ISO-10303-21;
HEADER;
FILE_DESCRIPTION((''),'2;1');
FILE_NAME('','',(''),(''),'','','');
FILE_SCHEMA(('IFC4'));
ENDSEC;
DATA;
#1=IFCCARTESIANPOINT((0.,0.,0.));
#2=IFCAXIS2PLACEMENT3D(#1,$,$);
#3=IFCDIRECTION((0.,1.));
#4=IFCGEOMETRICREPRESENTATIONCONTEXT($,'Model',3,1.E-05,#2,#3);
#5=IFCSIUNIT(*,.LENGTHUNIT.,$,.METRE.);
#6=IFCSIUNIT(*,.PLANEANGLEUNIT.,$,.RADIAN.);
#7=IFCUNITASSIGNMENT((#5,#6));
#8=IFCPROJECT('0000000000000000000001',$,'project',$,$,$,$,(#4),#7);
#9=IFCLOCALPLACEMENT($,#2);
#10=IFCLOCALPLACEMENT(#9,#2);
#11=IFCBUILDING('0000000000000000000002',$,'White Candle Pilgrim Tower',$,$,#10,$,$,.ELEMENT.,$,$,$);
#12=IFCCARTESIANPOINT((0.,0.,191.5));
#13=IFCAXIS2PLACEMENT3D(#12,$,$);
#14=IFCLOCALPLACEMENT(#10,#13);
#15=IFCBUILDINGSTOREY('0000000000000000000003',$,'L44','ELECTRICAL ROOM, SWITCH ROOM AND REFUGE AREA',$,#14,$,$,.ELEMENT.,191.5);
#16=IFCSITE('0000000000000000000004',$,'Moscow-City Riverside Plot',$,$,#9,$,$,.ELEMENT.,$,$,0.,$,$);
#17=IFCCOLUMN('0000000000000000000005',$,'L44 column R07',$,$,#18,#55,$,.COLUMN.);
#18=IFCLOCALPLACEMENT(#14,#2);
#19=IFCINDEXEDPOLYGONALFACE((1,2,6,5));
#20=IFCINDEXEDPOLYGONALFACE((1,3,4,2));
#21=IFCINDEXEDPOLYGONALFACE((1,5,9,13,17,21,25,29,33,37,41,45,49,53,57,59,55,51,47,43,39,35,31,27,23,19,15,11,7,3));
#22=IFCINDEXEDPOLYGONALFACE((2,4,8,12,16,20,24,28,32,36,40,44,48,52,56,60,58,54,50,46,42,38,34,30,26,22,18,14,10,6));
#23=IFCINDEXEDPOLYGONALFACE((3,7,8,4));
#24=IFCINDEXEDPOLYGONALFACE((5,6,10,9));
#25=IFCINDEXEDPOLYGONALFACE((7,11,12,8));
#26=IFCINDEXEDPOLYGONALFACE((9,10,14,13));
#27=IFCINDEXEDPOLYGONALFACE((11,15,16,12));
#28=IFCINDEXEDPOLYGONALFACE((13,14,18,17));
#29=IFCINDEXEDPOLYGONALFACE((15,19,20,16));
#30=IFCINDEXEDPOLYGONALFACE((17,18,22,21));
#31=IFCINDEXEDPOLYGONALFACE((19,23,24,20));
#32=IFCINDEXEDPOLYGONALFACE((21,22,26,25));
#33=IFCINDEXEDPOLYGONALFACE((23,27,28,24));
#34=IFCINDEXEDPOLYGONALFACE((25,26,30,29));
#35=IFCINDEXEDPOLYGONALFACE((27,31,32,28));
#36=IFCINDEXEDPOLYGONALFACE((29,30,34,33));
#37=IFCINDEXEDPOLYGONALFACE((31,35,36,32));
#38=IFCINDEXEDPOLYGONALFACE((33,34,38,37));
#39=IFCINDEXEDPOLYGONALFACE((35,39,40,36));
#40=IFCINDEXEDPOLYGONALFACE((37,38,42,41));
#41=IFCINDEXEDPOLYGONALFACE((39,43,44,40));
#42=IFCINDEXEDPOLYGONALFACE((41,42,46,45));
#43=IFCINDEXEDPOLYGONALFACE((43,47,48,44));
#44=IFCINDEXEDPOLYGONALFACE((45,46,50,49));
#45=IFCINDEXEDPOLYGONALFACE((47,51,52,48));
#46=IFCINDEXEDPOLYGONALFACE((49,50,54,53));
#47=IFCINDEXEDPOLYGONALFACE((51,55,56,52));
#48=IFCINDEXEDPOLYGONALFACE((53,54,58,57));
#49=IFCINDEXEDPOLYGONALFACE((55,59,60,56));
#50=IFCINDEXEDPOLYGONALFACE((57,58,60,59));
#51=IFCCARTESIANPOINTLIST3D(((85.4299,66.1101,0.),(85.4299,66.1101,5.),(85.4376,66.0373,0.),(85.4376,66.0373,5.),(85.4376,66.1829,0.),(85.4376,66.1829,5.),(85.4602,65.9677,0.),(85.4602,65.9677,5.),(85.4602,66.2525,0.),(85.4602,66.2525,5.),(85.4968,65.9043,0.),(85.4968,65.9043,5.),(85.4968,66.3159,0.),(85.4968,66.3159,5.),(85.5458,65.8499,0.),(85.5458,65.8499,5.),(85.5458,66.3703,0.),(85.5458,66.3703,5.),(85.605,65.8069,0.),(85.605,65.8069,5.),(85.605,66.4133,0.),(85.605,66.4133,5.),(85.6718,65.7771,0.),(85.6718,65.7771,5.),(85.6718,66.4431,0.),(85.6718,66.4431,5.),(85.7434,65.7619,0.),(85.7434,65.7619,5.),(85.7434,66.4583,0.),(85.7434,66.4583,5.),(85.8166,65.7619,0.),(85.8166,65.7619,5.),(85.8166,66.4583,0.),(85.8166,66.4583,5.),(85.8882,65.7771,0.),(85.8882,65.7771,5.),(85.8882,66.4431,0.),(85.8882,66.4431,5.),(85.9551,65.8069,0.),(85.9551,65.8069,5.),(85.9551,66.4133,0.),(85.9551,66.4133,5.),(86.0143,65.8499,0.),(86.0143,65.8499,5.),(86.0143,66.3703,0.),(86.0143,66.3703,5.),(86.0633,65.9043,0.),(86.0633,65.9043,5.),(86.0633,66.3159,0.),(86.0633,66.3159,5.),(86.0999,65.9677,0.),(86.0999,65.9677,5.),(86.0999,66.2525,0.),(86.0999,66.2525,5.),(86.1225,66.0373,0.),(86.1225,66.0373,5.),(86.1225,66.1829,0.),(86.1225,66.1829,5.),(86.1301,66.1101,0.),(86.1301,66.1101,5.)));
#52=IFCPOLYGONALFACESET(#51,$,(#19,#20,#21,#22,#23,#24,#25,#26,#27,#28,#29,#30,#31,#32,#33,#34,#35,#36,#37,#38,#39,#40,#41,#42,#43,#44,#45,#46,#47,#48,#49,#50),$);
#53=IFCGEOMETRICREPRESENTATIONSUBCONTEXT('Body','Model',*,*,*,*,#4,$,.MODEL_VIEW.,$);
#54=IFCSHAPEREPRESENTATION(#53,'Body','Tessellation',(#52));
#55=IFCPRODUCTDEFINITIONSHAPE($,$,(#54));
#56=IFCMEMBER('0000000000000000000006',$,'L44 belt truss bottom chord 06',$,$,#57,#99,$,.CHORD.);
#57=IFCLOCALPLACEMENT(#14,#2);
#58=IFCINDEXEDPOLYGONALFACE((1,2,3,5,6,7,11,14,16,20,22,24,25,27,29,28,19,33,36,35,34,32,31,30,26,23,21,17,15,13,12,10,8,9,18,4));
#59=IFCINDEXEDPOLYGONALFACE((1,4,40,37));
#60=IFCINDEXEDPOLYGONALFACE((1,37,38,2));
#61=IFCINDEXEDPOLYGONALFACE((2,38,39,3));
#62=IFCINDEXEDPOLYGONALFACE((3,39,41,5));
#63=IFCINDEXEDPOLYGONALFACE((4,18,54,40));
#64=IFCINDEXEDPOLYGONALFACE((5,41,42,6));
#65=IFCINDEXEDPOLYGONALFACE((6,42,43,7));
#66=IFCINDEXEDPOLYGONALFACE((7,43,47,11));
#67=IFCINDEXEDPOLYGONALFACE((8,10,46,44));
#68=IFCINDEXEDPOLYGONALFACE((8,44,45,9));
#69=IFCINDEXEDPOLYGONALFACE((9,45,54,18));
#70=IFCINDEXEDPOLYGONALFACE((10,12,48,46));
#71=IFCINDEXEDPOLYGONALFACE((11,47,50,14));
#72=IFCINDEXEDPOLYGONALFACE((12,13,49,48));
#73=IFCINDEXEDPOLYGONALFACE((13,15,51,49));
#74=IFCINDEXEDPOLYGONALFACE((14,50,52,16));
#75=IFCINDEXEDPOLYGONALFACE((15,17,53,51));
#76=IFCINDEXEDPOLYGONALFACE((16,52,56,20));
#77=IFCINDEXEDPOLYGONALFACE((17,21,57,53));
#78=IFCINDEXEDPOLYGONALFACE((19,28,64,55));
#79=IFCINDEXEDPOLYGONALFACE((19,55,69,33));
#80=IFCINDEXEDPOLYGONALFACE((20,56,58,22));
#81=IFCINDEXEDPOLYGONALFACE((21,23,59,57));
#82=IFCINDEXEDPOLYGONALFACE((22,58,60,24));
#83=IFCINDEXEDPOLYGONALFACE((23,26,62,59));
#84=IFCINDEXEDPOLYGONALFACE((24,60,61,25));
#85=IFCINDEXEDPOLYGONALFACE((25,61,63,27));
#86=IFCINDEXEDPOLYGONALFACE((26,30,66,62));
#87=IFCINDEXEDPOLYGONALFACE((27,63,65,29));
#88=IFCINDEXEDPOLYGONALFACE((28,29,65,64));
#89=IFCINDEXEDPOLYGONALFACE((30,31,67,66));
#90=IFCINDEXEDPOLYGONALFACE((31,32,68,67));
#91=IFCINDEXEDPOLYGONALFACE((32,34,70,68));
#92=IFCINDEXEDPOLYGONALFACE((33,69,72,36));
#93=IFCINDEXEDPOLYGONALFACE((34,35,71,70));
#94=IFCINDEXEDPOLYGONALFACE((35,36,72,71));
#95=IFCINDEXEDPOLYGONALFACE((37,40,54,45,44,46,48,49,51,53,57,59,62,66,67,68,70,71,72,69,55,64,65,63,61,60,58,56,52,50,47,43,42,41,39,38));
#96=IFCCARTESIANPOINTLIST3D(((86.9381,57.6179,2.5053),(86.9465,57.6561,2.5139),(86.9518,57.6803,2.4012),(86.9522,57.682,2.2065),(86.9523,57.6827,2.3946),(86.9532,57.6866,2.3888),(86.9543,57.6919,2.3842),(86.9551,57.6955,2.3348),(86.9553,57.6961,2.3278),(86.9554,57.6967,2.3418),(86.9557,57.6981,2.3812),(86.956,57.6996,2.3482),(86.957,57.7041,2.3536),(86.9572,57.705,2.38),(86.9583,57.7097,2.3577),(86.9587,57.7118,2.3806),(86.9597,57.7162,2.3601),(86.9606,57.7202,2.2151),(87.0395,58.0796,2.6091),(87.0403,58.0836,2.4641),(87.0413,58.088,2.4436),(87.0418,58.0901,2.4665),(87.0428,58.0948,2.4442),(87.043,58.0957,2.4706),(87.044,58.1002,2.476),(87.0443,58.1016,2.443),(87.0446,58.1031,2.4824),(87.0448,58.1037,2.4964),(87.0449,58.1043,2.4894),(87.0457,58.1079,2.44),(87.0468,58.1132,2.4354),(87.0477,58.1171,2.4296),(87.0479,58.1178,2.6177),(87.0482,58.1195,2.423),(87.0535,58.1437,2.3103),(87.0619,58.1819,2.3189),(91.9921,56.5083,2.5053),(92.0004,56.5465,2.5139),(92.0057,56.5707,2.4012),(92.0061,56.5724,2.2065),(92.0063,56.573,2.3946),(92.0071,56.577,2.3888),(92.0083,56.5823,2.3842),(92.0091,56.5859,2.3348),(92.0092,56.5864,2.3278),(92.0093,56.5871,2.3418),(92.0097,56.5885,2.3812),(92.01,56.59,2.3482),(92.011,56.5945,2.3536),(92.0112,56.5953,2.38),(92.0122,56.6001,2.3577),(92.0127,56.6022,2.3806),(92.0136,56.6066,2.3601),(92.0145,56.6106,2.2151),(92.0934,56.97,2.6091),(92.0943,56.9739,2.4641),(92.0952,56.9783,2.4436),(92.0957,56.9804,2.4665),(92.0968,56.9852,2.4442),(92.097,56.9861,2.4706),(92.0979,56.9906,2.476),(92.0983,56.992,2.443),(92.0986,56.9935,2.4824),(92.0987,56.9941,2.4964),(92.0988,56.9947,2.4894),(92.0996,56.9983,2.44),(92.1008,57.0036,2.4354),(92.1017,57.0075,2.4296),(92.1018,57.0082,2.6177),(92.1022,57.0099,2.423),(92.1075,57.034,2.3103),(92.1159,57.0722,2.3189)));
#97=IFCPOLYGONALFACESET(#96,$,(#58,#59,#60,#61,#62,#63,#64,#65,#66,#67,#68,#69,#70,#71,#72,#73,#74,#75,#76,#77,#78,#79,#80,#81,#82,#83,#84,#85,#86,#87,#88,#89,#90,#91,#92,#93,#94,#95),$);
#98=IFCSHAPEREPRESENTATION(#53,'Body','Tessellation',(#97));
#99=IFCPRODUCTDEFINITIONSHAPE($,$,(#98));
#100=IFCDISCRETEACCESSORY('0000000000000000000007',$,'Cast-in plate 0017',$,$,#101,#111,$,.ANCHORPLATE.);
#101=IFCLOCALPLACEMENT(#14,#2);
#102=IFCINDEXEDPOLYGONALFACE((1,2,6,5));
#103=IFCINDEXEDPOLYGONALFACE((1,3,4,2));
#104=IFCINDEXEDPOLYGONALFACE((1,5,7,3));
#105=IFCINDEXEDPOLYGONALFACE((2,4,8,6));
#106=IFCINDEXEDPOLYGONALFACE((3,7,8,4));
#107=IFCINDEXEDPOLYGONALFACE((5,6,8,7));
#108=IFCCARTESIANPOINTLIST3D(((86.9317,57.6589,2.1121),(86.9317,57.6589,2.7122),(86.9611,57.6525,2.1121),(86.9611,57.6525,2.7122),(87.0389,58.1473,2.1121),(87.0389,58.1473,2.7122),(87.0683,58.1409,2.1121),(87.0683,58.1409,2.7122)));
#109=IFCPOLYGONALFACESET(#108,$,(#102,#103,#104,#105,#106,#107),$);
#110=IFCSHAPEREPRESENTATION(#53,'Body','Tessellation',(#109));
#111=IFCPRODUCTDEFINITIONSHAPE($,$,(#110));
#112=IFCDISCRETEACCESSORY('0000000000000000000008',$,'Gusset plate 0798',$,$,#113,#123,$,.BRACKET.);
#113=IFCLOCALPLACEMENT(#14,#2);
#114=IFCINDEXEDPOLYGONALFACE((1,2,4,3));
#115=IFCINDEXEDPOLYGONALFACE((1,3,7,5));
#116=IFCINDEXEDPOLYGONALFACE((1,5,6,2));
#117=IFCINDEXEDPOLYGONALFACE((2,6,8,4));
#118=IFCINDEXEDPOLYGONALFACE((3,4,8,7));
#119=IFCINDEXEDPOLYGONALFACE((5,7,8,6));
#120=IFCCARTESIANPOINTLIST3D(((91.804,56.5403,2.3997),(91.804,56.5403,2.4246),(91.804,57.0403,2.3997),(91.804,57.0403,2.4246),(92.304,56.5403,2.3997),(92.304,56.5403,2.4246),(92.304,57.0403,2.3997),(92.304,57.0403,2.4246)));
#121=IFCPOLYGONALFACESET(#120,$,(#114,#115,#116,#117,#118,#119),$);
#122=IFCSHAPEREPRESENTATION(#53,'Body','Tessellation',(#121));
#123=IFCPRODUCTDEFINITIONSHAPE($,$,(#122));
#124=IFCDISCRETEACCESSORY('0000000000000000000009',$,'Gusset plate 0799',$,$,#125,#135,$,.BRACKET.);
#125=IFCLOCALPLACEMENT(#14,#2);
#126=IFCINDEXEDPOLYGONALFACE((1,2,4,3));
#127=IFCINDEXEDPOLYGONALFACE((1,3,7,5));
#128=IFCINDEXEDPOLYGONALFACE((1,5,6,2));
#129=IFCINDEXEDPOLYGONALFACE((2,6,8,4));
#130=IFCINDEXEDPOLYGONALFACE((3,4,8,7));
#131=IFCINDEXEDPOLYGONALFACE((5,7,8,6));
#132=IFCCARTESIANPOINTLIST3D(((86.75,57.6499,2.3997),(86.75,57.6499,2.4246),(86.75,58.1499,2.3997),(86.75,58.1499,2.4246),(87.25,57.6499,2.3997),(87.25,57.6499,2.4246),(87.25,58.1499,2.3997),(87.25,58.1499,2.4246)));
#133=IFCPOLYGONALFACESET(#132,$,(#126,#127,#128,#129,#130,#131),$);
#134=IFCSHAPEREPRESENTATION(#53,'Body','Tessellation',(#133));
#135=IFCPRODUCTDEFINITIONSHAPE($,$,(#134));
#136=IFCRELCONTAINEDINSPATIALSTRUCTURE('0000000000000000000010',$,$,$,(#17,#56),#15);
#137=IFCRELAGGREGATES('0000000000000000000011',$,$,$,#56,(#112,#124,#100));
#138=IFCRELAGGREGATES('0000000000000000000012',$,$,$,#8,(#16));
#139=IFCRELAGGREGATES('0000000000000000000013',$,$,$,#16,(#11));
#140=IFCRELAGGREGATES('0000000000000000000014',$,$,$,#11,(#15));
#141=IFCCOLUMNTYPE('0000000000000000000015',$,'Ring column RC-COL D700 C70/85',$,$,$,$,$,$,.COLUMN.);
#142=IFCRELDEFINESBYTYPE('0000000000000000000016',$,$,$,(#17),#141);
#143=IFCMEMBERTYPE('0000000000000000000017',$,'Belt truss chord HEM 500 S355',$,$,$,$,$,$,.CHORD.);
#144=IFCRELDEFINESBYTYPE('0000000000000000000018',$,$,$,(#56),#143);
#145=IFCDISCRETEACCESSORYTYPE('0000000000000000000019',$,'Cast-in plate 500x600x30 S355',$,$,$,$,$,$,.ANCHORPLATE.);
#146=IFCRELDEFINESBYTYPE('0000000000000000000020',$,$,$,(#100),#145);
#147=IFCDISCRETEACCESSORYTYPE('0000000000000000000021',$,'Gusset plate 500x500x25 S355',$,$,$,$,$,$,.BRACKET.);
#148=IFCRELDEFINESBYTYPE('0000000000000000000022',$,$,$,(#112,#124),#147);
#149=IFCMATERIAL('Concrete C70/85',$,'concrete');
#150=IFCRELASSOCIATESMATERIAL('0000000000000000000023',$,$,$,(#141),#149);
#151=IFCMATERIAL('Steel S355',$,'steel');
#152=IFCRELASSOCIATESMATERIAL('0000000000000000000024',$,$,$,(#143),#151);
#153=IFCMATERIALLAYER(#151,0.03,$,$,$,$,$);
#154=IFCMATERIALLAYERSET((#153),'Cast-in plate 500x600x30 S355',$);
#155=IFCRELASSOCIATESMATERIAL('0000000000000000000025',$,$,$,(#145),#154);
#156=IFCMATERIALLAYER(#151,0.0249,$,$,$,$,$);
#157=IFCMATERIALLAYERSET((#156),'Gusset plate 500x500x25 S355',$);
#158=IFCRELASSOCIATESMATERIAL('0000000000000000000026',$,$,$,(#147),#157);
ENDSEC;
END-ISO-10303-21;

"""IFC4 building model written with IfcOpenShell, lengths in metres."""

from ifc_helpers import new_model, si_unit, direction, frame, origin, origin_2d, place, context, subcontext, project, spatial, rectangle, circle, i_section, extrude, material, layer, layer_set, material_profile, profile_set, type_object, element, aggregate, save


model = new_model("IFC4")

# Units and contexts
model_context = context("Model", 3, precision=1e-05, world=origin(), true_north=direction((0.0, 1.0)))
body_context = subcontext(model_context, "Body", "Model", "MODEL_VIEW")
ifc_project = project(units=[si_unit("LENGTHUNIT", "METRE"), si_unit("PLANEANGLEUNIT", "RADIAN")], contexts=[model_context])

# Site, building, storey
site_placement = place(None, origin())
site = spatial("IfcSite", under=ifc_project, at=site_placement, Name="Moscow-City Riverside Plot", CompositionType="ELEMENT", RefElevation=0.0)
building_placement = place(site_placement, origin())
building = spatial("IfcBuilding", under=site, at=building_placement, Name="White Candle Pilgrim Tower", CompositionType="ELEMENT")
storey_placement = place(building_placement, frame((0.0, 0.0, 191.5)))
storey = spatial("IfcBuildingStorey", under=building, at=storey_placement, Name="L44", Description="ELECTRICAL ROOM, SWITCH ROOM AND REFUGE AREA", CompositionType="ELEMENT", Elevation=191.5)

# Column
ifc_material_1 = material(Name="Concrete C70/85", Category="concrete")
ifc_material_profile_1 = material_profile(ifc_material_1, circle(Radius=0.3501, at=origin_2d()), Name="RC-COL D700")
ifc_profile_set_1 = profile_set([ifc_material_profile_1], Name="Concrete C70/85")
column_type = type_object("IfcColumnType", Name="Ring column RC-COL D700 C70/85", PredefinedType="COLUMN", material=ifc_profile_set_1)
column_placement = place(storey_placement, frame((85.78, 66.1101, 0.0), z_axis=(0.0, 0.0, 1.0), x_axis=(1.0, 0.0, 0.0)))
element("IfcColumn", 1, at=column_placement, inside=storey, type_object=column_type, Name="L44 column R07", PredefinedType="COLUMN", context=body_context, shape_type="SweptSolid", body=[
    extrude(circle(Radius=0.3501, at=origin_2d()), origin(), (0.0, 0.0, 1.0), 5.0),
])

# Member
ifc_material_2 = material(Name="Steel S355", Category="steel")
ifc_material_profile_2 = material_profile(ifc_material_2, i_section(OverallWidth=0.3059, OverallDepth=0.5239, WebThickness=0.021, FlangeThickness=0.04, FilletRadius=0.0271, at=origin_2d()), Name="HEM 500")
ifc_profile_set_2 = profile_set([ifc_material_profile_2], Name="Steel S355")
member_type_1 = type_object("IfcMemberType", Name="Belt truss chord HEM 500 S355", PredefinedType="CHORD", material=ifc_profile_set_2)
member_1_placement = place(storey_placement, frame((92.054, 56.7903, 2.4121), z_axis=(-0.976736, 0.214447, 0.0), x_axis=(0.045987, 0.209457, -0.976736)))
member_1 = element("IfcMember", 2, at=member_1_placement, inside=storey, type_object=member_type_1, Name="L44 belt truss bottom chord 06", PredefinedType="CHORD", context=body_context, shape_type="SweptSolid", body=[
    extrude(i_section(OverallWidth=0.3059, OverallDepth=0.5239, WebThickness=0.021, FlangeThickness=0.04, FilletRadius=0.0271, at=origin_2d()), origin(), (0.0, 0.0, 1.0), 5.1743),
])

# Discrete accessories
ifc_layer_1 = layer(ifc_material_2, 0.03)
ifc_layer_set_1 = layer_set([ifc_layer_1], Name="Cast-in plate 500x600x30 S355")
discrete_accessory_type_1 = type_object("IfcDiscreteAccessoryType", Name="Cast-in plate 500x600x30 S355", PredefinedType="ANCHORPLATE", material=ifc_layer_set_1)
discrete_accessory_1_placement = place(storey_placement, frame((87.0, 57.8999, 2.1121), z_axis=(0.0, 0.0, 1.0), x_axis=(0.976736, -0.214446, 0.0)))
discrete_accessory_1 = element("IfcDiscreteAccessory", 3, at=discrete_accessory_1_placement, type_object=discrete_accessory_type_1, Name="Cast-in plate 0017", PredefinedType="ANCHORPLATE", context=body_context, shape_type="SweptSolid", body=[
    extrude(rectangle(XDim=0.03, YDim=0.5, at=origin_2d()), origin(), (0.0, 0.0, 1.0), 0.6001),
])
ifc_layer_2 = layer(ifc_material_2, 0.0249)
ifc_layer_set_2 = layer_set([ifc_layer_2], Name="Gusset plate 500x500x25 S355")
discrete_accessory_type_2 = type_object("IfcDiscreteAccessoryType", Name="Gusset plate 500x500x25 S355", PredefinedType="BRACKET", material=ifc_layer_set_2)
discrete_accessory_2_placement = place(storey_placement, frame((92.054, 56.7903, 2.3997), z_axis=(0.0, 0.0, 1.0), x_axis=(1.0, 0.0, 0.0)))
discrete_accessory_2 = element("IfcDiscreteAccessory", 4, at=discrete_accessory_2_placement, type_object=discrete_accessory_type_2, Name="Gusset plate 0798", PredefinedType="BRACKET", context=body_context, shape_type="SweptSolid", body=[
    extrude(rectangle(XDim=0.5, YDim=0.5, at=origin_2d()), origin(), (0.0, 0.0, 1.0), 0.0249),
])
discrete_accessory_3_placement = place(storey_placement, frame((87.0, 57.8999, 2.3997), z_axis=(0.0, 0.0, 1.0), x_axis=(1.0, 0.0, 0.0)))
discrete_accessory_3 = element("IfcDiscreteAccessory", 5, at=discrete_accessory_3_placement, type_object=discrete_accessory_type_2, Name="Gusset plate 0799", PredefinedType="BRACKET", context=body_context, shape_type="SweptSolid", body=[
    extrude(rectangle(XDim=0.5, YDim=0.5, at=origin_2d()), origin(), (0.0, 0.0, 1.0), 0.0249),
])
aggregate(member_1, [discrete_accessory_2, discrete_accessory_3, discrete_accessory_1])

save(model, "model.ifc")
